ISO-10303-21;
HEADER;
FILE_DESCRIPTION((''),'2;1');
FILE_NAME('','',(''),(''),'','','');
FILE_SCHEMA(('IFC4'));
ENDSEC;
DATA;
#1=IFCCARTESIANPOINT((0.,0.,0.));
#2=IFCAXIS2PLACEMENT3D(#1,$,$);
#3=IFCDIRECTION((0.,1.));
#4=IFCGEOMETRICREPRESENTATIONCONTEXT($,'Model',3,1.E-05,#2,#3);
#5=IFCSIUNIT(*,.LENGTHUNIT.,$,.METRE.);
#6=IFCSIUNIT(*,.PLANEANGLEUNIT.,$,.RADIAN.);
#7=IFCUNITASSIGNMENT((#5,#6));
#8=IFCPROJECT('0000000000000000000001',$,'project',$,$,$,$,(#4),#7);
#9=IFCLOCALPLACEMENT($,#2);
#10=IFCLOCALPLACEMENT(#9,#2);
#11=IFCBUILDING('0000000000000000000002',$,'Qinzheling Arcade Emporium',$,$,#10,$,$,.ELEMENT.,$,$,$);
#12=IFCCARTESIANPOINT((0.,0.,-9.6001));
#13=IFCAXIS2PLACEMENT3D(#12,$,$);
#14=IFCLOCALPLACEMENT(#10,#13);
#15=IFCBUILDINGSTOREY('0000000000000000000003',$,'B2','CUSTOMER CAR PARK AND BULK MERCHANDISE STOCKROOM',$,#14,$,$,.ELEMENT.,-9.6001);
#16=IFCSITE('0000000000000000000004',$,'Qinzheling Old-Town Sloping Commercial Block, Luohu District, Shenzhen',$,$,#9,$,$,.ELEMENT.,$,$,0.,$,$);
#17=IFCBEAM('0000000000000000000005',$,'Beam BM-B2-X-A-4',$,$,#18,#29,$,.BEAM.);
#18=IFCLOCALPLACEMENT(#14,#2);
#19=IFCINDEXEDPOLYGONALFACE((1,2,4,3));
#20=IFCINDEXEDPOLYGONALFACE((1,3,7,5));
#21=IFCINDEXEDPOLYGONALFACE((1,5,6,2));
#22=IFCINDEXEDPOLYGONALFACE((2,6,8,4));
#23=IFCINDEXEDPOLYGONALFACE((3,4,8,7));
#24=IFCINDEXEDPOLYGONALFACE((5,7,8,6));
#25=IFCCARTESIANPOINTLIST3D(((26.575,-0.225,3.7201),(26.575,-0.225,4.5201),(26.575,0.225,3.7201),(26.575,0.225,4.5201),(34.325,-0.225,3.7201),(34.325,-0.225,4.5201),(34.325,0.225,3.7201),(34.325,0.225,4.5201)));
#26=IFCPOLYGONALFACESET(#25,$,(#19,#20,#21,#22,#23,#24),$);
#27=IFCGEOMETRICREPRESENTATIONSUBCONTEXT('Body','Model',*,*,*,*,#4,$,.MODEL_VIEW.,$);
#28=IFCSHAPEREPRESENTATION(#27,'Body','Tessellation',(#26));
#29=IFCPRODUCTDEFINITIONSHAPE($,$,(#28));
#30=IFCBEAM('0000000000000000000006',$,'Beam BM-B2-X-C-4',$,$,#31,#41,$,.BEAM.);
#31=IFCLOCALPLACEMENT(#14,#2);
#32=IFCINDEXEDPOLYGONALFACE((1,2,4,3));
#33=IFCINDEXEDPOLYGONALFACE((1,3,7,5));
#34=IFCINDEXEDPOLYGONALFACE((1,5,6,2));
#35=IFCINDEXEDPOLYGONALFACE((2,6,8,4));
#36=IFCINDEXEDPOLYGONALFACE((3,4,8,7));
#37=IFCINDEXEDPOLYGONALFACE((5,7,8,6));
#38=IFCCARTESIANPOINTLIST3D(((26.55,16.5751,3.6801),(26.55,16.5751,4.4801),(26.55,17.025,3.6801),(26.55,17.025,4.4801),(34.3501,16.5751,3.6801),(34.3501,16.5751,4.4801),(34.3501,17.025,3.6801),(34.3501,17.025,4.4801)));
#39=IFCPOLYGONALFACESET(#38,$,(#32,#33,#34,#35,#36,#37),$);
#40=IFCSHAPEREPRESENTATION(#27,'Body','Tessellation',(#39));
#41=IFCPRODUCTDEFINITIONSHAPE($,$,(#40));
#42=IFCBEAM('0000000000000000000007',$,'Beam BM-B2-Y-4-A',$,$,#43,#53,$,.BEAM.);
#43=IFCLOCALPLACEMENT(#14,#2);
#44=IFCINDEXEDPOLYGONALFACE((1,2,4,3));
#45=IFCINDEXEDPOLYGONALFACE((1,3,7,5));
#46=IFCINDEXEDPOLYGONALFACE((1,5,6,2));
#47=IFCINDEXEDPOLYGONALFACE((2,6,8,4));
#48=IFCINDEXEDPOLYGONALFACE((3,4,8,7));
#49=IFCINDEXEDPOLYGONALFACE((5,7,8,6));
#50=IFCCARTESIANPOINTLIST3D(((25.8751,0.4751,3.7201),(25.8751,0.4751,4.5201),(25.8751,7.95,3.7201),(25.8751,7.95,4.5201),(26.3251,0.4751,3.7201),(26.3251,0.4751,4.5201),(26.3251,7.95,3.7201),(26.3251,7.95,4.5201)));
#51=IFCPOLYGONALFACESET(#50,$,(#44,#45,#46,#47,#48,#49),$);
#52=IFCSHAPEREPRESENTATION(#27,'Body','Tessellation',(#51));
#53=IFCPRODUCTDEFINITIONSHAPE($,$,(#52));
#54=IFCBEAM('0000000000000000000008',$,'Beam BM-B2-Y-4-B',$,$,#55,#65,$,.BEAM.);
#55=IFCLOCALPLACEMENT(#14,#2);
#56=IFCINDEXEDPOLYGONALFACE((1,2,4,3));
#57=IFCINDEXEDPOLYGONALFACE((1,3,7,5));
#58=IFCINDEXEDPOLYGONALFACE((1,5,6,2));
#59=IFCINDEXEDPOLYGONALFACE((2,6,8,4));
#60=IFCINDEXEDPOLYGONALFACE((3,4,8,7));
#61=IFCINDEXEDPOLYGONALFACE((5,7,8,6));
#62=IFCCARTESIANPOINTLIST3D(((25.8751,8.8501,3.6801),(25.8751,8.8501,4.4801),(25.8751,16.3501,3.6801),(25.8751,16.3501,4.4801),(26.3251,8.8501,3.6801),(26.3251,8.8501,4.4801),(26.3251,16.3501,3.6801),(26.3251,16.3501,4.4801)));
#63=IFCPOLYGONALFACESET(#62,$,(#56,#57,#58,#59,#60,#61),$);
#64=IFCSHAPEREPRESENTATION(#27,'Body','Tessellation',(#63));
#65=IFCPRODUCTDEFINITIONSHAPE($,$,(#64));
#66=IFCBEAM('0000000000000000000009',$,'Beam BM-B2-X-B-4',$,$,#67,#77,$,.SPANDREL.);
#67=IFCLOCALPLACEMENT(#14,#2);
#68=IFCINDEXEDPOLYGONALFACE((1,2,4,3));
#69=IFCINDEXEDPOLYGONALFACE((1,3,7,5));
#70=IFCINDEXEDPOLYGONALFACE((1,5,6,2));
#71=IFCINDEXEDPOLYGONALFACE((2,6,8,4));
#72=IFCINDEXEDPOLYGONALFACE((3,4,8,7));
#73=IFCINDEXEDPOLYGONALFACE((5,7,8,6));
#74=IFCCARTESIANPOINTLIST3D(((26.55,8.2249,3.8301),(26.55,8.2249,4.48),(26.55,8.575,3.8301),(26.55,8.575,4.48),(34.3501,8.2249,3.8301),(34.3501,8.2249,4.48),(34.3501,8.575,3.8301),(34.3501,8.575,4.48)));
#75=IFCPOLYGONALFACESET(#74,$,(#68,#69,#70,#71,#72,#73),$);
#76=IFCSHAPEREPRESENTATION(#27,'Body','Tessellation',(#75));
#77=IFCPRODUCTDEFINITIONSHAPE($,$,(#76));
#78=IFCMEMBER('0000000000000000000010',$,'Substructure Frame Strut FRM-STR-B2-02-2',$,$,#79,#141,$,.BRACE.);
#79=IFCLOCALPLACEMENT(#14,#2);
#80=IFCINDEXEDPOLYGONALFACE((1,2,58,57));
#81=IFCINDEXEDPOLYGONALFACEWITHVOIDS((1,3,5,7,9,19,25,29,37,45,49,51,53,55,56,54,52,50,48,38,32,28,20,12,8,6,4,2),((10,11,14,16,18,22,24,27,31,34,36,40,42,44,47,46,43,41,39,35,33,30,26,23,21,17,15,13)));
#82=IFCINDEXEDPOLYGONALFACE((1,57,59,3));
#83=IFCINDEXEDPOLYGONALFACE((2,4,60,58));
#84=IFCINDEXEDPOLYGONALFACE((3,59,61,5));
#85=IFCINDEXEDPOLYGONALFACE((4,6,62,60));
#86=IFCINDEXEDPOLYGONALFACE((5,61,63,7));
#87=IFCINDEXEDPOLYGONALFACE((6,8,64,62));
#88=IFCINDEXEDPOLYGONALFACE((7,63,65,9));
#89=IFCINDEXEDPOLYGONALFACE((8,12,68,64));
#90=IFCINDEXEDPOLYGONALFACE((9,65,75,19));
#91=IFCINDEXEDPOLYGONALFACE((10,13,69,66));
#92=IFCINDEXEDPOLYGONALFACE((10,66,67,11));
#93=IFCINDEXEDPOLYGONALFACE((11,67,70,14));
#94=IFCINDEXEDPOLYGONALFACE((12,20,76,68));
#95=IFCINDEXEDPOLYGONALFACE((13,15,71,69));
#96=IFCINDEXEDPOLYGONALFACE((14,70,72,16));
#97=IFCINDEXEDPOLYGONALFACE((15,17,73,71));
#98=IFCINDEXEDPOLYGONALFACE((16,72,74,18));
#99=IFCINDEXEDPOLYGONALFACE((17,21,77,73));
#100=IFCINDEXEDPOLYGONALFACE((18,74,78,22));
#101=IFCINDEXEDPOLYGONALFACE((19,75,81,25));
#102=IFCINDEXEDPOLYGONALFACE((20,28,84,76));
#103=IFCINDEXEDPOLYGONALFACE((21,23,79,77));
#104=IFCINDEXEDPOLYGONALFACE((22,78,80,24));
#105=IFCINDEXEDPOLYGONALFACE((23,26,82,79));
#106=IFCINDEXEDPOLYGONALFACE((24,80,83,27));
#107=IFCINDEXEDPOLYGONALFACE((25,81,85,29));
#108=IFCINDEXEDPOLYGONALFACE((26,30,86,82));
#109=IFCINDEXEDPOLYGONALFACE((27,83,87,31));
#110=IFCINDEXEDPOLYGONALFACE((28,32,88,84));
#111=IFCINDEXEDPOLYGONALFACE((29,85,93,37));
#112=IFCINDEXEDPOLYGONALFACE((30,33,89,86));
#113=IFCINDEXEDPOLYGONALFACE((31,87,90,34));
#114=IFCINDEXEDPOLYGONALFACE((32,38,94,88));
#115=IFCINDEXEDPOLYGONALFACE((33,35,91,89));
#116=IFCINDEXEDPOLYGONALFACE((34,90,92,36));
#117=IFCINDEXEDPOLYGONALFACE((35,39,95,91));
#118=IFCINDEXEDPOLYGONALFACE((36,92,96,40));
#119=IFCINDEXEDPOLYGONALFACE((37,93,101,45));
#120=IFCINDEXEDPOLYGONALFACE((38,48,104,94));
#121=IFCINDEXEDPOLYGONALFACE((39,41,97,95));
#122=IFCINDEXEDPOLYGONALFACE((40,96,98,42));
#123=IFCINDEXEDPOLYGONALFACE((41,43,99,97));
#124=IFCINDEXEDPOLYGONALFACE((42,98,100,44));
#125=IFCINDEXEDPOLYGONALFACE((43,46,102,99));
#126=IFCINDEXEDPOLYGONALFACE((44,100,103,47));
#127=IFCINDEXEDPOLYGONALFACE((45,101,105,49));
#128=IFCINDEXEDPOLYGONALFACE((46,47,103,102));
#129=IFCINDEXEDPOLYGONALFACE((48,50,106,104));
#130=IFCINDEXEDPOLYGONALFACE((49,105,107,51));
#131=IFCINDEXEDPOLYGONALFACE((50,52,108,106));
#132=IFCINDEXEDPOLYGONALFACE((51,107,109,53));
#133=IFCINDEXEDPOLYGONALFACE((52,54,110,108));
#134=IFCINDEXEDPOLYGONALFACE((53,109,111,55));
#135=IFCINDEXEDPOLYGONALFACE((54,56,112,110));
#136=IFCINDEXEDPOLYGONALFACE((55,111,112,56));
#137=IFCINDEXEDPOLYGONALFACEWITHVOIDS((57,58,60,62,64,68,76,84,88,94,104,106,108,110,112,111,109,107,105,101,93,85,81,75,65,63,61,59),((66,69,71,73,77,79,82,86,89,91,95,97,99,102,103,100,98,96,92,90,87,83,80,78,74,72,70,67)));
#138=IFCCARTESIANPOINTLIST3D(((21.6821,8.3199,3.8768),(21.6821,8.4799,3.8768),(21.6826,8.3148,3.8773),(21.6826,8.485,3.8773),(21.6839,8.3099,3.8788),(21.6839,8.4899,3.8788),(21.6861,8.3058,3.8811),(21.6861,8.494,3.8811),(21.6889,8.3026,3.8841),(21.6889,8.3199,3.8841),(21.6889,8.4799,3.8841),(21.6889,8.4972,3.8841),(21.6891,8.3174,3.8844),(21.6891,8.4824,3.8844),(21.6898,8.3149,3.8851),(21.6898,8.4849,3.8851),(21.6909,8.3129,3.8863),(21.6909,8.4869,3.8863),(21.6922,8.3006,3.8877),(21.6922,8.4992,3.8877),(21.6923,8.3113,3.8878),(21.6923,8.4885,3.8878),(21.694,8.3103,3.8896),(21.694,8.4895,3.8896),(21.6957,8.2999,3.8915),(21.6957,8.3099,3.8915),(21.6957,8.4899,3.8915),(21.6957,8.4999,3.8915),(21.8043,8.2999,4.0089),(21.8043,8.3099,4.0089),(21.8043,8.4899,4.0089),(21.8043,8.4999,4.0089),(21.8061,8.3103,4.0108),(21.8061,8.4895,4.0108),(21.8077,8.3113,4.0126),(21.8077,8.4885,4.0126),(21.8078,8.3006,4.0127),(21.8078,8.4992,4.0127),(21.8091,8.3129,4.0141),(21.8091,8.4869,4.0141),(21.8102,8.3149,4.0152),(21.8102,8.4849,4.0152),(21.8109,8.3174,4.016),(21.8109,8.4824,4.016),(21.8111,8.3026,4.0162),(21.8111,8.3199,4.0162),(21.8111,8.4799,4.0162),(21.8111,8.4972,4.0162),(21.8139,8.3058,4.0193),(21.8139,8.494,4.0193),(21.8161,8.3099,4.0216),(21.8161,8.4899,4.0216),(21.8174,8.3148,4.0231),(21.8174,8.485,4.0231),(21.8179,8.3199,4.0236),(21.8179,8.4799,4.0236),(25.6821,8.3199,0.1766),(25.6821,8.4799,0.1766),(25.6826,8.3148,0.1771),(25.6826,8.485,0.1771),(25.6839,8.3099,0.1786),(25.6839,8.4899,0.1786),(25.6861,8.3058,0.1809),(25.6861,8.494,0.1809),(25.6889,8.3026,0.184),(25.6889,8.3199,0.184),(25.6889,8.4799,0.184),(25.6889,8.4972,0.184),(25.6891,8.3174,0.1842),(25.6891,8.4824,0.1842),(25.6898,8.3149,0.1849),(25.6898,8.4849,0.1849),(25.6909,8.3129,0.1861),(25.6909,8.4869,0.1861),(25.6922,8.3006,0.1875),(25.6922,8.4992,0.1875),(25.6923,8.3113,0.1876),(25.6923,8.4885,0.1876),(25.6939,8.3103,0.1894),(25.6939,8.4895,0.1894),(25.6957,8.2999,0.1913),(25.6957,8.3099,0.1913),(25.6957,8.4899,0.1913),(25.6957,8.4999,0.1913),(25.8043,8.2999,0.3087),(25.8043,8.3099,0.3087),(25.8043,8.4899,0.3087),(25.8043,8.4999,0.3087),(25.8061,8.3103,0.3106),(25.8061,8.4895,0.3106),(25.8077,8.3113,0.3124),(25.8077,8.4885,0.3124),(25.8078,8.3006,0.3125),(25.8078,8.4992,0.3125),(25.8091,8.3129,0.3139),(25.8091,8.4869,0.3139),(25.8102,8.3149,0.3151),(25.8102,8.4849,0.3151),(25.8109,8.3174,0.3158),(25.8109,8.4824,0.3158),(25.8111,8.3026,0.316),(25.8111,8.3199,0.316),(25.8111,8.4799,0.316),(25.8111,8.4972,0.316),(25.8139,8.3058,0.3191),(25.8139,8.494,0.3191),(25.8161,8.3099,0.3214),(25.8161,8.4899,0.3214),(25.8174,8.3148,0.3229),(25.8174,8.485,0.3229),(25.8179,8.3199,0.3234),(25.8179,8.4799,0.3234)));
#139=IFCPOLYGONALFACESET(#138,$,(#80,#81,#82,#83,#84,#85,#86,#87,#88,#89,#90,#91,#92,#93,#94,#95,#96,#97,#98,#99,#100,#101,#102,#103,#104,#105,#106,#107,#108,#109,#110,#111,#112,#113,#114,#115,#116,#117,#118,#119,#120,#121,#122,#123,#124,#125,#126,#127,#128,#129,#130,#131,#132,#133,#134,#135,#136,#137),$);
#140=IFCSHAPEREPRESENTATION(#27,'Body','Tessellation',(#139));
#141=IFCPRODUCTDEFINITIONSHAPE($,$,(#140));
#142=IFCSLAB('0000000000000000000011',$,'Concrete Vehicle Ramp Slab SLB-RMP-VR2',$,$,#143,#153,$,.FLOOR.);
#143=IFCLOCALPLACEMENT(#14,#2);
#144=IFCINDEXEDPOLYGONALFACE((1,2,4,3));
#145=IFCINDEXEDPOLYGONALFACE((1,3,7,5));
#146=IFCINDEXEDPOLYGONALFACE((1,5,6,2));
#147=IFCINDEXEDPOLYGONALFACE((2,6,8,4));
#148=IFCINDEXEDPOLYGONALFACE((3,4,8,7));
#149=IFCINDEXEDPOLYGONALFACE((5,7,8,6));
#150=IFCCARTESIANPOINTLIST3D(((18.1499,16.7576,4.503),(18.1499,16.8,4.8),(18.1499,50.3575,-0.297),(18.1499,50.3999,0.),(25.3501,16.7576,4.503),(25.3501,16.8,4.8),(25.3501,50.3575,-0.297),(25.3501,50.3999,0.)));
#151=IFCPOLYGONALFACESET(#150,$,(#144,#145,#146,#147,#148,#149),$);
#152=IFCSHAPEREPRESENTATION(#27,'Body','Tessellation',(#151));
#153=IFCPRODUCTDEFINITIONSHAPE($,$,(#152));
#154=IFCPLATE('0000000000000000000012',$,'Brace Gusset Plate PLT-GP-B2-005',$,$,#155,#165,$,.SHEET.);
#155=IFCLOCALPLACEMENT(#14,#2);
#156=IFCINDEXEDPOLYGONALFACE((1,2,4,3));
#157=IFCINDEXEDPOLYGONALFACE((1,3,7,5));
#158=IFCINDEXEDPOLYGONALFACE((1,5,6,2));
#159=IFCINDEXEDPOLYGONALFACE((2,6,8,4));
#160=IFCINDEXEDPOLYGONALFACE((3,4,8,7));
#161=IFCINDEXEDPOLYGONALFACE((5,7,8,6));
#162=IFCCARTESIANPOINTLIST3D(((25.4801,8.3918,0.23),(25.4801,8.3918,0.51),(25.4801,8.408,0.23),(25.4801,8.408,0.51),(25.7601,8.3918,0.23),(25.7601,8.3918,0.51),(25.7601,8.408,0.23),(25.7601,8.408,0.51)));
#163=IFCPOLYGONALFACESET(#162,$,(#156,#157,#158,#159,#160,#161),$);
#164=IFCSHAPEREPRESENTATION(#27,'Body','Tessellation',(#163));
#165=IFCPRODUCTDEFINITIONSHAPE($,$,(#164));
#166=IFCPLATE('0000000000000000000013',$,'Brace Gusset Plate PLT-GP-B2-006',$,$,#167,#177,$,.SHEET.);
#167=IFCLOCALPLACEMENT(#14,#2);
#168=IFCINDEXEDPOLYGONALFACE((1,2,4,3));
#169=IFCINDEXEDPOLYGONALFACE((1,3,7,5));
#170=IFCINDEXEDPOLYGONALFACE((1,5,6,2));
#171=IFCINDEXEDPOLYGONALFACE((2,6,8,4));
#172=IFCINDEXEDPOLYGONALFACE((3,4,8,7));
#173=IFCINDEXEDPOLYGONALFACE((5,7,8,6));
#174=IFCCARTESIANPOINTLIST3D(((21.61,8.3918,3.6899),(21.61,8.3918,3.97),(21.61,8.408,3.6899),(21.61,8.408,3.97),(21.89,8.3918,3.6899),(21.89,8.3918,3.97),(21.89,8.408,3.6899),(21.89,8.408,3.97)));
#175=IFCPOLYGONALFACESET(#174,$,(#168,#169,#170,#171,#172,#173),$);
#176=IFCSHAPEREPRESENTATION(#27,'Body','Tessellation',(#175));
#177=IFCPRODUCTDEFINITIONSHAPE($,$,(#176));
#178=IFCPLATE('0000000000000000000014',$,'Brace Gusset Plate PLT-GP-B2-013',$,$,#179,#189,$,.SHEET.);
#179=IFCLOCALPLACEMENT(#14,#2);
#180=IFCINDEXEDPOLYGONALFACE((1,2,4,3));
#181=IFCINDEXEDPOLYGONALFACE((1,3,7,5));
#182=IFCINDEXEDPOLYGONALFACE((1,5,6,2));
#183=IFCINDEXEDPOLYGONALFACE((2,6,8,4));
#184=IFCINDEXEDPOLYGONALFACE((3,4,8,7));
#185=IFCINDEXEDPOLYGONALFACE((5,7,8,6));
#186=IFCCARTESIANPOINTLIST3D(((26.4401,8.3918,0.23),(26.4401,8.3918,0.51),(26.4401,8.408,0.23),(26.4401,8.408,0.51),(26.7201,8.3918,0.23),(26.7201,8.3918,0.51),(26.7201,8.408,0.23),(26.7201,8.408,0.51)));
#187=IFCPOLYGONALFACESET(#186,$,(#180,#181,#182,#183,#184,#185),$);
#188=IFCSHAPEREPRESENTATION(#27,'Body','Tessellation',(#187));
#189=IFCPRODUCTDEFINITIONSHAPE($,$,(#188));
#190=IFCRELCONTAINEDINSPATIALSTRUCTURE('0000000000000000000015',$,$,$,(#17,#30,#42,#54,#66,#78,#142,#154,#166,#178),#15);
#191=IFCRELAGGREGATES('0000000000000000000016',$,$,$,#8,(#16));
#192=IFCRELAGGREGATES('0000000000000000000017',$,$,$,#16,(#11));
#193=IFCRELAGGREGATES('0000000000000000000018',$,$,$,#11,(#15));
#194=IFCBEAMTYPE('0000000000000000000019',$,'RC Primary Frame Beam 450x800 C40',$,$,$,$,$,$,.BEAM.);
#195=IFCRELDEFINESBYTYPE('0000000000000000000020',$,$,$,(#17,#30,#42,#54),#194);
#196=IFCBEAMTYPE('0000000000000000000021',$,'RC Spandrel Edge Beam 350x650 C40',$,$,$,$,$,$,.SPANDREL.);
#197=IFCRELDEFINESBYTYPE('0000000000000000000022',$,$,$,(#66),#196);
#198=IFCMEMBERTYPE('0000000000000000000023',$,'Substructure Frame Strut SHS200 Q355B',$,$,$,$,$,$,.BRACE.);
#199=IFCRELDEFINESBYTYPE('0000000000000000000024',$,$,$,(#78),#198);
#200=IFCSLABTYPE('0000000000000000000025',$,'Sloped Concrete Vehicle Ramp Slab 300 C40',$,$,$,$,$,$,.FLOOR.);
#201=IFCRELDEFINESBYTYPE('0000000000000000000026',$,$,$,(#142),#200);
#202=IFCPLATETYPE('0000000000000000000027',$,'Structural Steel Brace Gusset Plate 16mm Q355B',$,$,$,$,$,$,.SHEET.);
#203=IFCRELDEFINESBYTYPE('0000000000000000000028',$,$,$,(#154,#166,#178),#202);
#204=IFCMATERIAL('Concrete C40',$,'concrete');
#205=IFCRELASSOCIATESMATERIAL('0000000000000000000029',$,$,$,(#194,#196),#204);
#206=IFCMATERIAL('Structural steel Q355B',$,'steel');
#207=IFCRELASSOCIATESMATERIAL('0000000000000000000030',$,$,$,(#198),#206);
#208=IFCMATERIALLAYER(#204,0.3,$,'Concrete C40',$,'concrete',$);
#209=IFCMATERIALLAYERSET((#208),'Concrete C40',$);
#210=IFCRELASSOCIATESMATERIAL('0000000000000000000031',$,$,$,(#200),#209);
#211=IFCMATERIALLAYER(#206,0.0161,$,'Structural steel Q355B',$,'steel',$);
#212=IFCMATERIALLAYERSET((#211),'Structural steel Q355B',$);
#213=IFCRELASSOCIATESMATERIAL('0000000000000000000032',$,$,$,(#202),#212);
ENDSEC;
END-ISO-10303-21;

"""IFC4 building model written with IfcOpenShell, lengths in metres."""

from ifc_helpers import new_model, si_unit, direction, frame, origin, origin_2d, place, context, subcontext, project, spatial, polyline, rectangle, hollow_rectangle, outline, extrude, material, layer, layer_set, material_profile, profile_set, type_object, element, save


model = new_model("IFC4")

# Units and contexts
model_context = context("Model", 3, precision=1e-05, world=origin(), true_north=direction((0.0, 1.0)))
body_context = subcontext(model_context, "Body", "Model", "MODEL_VIEW")
ifc_project = project(units=[si_unit("LENGTHUNIT", "METRE"), si_unit("PLANEANGLEUNIT", "RADIAN")], contexts=[model_context])

# Site, building, storey
site_placement = place(None, origin())
site = spatial("IfcSite", under=ifc_project, at=site_placement, Name="Qinzheling Old-Town Sloping Commercial Block, Luohu District, Shenzhen", CompositionType="ELEMENT", RefElevation=0.0)
building_placement = place(site_placement, origin())
building = spatial("IfcBuilding", under=site, at=building_placement, Name="Qinzheling Arcade Emporium", CompositionType="ELEMENT")
storey_placement = place(building_placement, frame((0.0, 0.0, -9.6001)))
storey = spatial("IfcBuildingStorey", under=building, at=storey_placement, Name="B2", Description="CUSTOMER CAR PARK AND BULK MERCHANDISE STOCKROOM", CompositionType="ELEMENT", Elevation=-9.6001)

# Shared definitions
ifc_material_1 = material(Name="Concrete C40", Category="concrete")

# Beams
ifc_material_profile_1 = material_profile(ifc_material_1, rectangle(XDim=0.45, YDim=0.8, at=origin_2d()), Name="RC 450x800", Category="concrete")
ifc_profile_set_1 = profile_set([ifc_material_profile_1], Name="Concrete C40")
beam_type_1 = type_object("IfcBeamType", Name="RC Primary Frame Beam 450x800 C40", PredefinedType="BEAM", material=ifc_profile_set_1)
beam_1_placement = place(storey_placement, frame((26.575, 0.0, 4.1201), z_axis=(1.0, 0.0, 0.0), x_axis=(0.0, 1.0, 0.0)))
element("IfcBeam", 1, at=beam_1_placement, inside=storey, type_object=beam_type_1, Name="Beam BM-B2-X-A-4", PredefinedType="BEAM", context=body_context, shape_type="SweptSolid", body=[
    extrude(rectangle(XDim=0.45, YDim=0.8, at=origin_2d()), origin(), (0.0, 0.0, 1.0), 7.75),
])
beam_2_placement = place(storey_placement, frame((26.55, 16.8, 4.0801), z_axis=(1.0, 0.0, 0.0), x_axis=(0.0, 1.0, 0.0)))
element("IfcBeam", 2, at=beam_2_placement, inside=storey, type_object=beam_type_1, Name="Beam BM-B2-X-C-4", PredefinedType="BEAM", context=body_context, shape_type="SweptSolid", body=[
    extrude(rectangle(XDim=0.45, YDim=0.8, at=origin_2d()), origin(), (0.0, 0.0, 1.0), 7.8),
])
beam_3_placement = place(storey_placement, frame((26.1001, 0.4751, 4.1201), z_axis=(0.0, 1.0, 0.0), x_axis=(-1.0, 0.0, 0.0)))
element("IfcBeam", 3, at=beam_3_placement, inside=storey, type_object=beam_type_1, Name="Beam BM-B2-Y-4-A", PredefinedType="BEAM", context=body_context, shape_type="SweptSolid", body=[
    extrude(rectangle(XDim=0.45, YDim=0.8, at=origin_2d()), origin(), (0.0, 0.0, 1.0), 7.4749),
])
beam_4_placement = place(storey_placement, frame((26.1001, 8.8501, 4.0801), z_axis=(0.0, 1.0, 0.0), x_axis=(-1.0, 0.0, 0.0)))
element("IfcBeam", 4, at=beam_4_placement, inside=storey, type_object=beam_type_1, Name="Beam BM-B2-Y-4-B", PredefinedType="BEAM", context=body_context, shape_type="SweptSolid", body=[
    extrude(rectangle(XDim=0.45, YDim=0.8, at=origin_2d()), origin(), (0.0, 0.0, 1.0), 7.5),
])
ifc_material_profile_2 = material_profile(ifc_material_1, rectangle(XDim=0.3501, YDim=0.6499, at=origin_2d()), Name="RC 350x650", Category="concrete")
ifc_profile_set_2 = profile_set([ifc_material_profile_2], Name="Concrete C40")
beam_type_2 = type_object("IfcBeamType", Name="RC Spandrel Edge Beam 350x650 C40", PredefinedType="SPANDREL", material=ifc_profile_set_2)
beam_5_placement = place(storey_placement, frame((26.55, 8.3999, 4.155), z_axis=(1.0, 0.0, 0.0), x_axis=(0.0, 1.0, 0.0)))
element("IfcBeam", 5, at=beam_5_placement, inside=storey, type_object=beam_type_2, Name="Beam BM-B2-X-B-4", PredefinedType="SPANDREL", context=body_context, shape_type="SweptSolid", body=[
    extrude(rectangle(XDim=0.3501, YDim=0.6499, at=origin_2d()), origin(), (0.0, 0.0, 1.0), 7.8),
])

# Member
ifc_material_2 = material(Name="Structural steel Q355B", Category="steel")
ifc_material_profile_3 = material_profile(ifc_material_2, hollow_rectangle(XDim=0.2, YDim=0.2, WallThickness=0.01, InnerFilletRadius=0.01, OuterFilletRadius=0.02, at=origin_2d()), Name="SHS 200x200x10", Category="steel")
ifc_profile_set_3 = profile_set([ifc_material_profile_3], Name="Structural steel Q355B")
member_type_1 = type_object("IfcMemberType", Name="Substructure Frame Strut SHS200 Q355B", PredefinedType="BRACE", material=ifc_profile_set_3)
member_1_placement = place(storey_placement, frame((25.75, 8.3999, 0.25), z_axis=(-0.734082, 0.0, 0.679061), x_axis=(0.0, -1.0, 0.0)))
element("IfcMember", 6, at=member_1_placement, inside=storey, type_object=member_type_1, Name="Substructure Frame Strut FRM-STR-B2-02-2", PredefinedType="BRACE", context=body_context, shape_type="SweptSolid", body=[
    extrude(hollow_rectangle(XDim=0.2, YDim=0.2, WallThickness=0.01, InnerFilletRadius=0.01, OuterFilletRadius=0.02, at=origin_2d()), origin(), (0.0, 0.0, 1.0), 5.449),
])

# Slab
ifc_layer_1 = layer(ifc_material_1, 0.3, Name="Concrete C40", Category="concrete")
ifc_layer_set_1 = layer_set([ifc_layer_1], Name="Concrete C40")
slab_type = type_object("IfcSlabType", Name="Sloped Concrete Vehicle Ramp Slab 300 C40", PredefinedType="FLOOR", material=ifc_layer_set_1)
slab_placement = place(storey_placement, frame((18.1499, 16.8, 4.8), z_axis=(0.0, 0.141423, 0.989949), x_axis=(1.0, 0.0, 0.0)))
element("IfcSlab", 7, at=slab_placement, inside=storey, type_object=slab_type, Name="Concrete Vehicle Ramp Slab SLB-RMP-VR2", PredefinedType="FLOOR", context=body_context, shape_type="SweptSolid", body=[
    extrude(outline(polyline([(0.0, 0.0), (7.2002, 0.0), (7.2002, 33.941), (0.0, 33.941), (0.0, 0.0)])), origin(), (0.0, 0.0, -1.0), 0.3),
])

# Plates
ifc_layer_2 = layer(ifc_material_2, 0.0161, Name="Structural steel Q355B", Category="steel")
ifc_layer_set_2 = layer_set([ifc_layer_2], Name="Structural steel Q355B")
plate_type = type_object("IfcPlateType", Name="Structural Steel Brace Gusset Plate 16mm Q355B", PredefinedType="SHEET", material=ifc_layer_set_2)
for number, where, z_axis, x_axis, name in (
    (8, (25.6201, 8.3999, 0.23), (0.0, 0.0, 1.0), (1.0, 0.0, 0.0), "Brace Gusset Plate PLT-GP-B2-005"),
    (9, (21.75, 8.3999, 3.6899), (0.0, 0.0, 1.0), (1.0, 0.0, 0.0), "Brace Gusset Plate PLT-GP-B2-006"),
    (10, (26.5801, 8.3999, 0.23), (0.0, 0.0, 1.0), (1.0, 0.0, 0.0), "Brace Gusset Plate PLT-GP-B2-013"),
):
    element("IfcPlate", number, at=place(storey_placement, frame(where, z_axis=z_axis, x_axis=x_axis)), inside=storey, type_object=plate_type, Name=name, PredefinedType="SHEET", context=body_context, shape_type="SweptSolid", body=[
        extrude(rectangle(XDim=0.28, YDim=0.0161, at=origin_2d()), origin(), (0.0, 0.0, 1.0), 0.28),
    ])

save(model, "model.ifc")
